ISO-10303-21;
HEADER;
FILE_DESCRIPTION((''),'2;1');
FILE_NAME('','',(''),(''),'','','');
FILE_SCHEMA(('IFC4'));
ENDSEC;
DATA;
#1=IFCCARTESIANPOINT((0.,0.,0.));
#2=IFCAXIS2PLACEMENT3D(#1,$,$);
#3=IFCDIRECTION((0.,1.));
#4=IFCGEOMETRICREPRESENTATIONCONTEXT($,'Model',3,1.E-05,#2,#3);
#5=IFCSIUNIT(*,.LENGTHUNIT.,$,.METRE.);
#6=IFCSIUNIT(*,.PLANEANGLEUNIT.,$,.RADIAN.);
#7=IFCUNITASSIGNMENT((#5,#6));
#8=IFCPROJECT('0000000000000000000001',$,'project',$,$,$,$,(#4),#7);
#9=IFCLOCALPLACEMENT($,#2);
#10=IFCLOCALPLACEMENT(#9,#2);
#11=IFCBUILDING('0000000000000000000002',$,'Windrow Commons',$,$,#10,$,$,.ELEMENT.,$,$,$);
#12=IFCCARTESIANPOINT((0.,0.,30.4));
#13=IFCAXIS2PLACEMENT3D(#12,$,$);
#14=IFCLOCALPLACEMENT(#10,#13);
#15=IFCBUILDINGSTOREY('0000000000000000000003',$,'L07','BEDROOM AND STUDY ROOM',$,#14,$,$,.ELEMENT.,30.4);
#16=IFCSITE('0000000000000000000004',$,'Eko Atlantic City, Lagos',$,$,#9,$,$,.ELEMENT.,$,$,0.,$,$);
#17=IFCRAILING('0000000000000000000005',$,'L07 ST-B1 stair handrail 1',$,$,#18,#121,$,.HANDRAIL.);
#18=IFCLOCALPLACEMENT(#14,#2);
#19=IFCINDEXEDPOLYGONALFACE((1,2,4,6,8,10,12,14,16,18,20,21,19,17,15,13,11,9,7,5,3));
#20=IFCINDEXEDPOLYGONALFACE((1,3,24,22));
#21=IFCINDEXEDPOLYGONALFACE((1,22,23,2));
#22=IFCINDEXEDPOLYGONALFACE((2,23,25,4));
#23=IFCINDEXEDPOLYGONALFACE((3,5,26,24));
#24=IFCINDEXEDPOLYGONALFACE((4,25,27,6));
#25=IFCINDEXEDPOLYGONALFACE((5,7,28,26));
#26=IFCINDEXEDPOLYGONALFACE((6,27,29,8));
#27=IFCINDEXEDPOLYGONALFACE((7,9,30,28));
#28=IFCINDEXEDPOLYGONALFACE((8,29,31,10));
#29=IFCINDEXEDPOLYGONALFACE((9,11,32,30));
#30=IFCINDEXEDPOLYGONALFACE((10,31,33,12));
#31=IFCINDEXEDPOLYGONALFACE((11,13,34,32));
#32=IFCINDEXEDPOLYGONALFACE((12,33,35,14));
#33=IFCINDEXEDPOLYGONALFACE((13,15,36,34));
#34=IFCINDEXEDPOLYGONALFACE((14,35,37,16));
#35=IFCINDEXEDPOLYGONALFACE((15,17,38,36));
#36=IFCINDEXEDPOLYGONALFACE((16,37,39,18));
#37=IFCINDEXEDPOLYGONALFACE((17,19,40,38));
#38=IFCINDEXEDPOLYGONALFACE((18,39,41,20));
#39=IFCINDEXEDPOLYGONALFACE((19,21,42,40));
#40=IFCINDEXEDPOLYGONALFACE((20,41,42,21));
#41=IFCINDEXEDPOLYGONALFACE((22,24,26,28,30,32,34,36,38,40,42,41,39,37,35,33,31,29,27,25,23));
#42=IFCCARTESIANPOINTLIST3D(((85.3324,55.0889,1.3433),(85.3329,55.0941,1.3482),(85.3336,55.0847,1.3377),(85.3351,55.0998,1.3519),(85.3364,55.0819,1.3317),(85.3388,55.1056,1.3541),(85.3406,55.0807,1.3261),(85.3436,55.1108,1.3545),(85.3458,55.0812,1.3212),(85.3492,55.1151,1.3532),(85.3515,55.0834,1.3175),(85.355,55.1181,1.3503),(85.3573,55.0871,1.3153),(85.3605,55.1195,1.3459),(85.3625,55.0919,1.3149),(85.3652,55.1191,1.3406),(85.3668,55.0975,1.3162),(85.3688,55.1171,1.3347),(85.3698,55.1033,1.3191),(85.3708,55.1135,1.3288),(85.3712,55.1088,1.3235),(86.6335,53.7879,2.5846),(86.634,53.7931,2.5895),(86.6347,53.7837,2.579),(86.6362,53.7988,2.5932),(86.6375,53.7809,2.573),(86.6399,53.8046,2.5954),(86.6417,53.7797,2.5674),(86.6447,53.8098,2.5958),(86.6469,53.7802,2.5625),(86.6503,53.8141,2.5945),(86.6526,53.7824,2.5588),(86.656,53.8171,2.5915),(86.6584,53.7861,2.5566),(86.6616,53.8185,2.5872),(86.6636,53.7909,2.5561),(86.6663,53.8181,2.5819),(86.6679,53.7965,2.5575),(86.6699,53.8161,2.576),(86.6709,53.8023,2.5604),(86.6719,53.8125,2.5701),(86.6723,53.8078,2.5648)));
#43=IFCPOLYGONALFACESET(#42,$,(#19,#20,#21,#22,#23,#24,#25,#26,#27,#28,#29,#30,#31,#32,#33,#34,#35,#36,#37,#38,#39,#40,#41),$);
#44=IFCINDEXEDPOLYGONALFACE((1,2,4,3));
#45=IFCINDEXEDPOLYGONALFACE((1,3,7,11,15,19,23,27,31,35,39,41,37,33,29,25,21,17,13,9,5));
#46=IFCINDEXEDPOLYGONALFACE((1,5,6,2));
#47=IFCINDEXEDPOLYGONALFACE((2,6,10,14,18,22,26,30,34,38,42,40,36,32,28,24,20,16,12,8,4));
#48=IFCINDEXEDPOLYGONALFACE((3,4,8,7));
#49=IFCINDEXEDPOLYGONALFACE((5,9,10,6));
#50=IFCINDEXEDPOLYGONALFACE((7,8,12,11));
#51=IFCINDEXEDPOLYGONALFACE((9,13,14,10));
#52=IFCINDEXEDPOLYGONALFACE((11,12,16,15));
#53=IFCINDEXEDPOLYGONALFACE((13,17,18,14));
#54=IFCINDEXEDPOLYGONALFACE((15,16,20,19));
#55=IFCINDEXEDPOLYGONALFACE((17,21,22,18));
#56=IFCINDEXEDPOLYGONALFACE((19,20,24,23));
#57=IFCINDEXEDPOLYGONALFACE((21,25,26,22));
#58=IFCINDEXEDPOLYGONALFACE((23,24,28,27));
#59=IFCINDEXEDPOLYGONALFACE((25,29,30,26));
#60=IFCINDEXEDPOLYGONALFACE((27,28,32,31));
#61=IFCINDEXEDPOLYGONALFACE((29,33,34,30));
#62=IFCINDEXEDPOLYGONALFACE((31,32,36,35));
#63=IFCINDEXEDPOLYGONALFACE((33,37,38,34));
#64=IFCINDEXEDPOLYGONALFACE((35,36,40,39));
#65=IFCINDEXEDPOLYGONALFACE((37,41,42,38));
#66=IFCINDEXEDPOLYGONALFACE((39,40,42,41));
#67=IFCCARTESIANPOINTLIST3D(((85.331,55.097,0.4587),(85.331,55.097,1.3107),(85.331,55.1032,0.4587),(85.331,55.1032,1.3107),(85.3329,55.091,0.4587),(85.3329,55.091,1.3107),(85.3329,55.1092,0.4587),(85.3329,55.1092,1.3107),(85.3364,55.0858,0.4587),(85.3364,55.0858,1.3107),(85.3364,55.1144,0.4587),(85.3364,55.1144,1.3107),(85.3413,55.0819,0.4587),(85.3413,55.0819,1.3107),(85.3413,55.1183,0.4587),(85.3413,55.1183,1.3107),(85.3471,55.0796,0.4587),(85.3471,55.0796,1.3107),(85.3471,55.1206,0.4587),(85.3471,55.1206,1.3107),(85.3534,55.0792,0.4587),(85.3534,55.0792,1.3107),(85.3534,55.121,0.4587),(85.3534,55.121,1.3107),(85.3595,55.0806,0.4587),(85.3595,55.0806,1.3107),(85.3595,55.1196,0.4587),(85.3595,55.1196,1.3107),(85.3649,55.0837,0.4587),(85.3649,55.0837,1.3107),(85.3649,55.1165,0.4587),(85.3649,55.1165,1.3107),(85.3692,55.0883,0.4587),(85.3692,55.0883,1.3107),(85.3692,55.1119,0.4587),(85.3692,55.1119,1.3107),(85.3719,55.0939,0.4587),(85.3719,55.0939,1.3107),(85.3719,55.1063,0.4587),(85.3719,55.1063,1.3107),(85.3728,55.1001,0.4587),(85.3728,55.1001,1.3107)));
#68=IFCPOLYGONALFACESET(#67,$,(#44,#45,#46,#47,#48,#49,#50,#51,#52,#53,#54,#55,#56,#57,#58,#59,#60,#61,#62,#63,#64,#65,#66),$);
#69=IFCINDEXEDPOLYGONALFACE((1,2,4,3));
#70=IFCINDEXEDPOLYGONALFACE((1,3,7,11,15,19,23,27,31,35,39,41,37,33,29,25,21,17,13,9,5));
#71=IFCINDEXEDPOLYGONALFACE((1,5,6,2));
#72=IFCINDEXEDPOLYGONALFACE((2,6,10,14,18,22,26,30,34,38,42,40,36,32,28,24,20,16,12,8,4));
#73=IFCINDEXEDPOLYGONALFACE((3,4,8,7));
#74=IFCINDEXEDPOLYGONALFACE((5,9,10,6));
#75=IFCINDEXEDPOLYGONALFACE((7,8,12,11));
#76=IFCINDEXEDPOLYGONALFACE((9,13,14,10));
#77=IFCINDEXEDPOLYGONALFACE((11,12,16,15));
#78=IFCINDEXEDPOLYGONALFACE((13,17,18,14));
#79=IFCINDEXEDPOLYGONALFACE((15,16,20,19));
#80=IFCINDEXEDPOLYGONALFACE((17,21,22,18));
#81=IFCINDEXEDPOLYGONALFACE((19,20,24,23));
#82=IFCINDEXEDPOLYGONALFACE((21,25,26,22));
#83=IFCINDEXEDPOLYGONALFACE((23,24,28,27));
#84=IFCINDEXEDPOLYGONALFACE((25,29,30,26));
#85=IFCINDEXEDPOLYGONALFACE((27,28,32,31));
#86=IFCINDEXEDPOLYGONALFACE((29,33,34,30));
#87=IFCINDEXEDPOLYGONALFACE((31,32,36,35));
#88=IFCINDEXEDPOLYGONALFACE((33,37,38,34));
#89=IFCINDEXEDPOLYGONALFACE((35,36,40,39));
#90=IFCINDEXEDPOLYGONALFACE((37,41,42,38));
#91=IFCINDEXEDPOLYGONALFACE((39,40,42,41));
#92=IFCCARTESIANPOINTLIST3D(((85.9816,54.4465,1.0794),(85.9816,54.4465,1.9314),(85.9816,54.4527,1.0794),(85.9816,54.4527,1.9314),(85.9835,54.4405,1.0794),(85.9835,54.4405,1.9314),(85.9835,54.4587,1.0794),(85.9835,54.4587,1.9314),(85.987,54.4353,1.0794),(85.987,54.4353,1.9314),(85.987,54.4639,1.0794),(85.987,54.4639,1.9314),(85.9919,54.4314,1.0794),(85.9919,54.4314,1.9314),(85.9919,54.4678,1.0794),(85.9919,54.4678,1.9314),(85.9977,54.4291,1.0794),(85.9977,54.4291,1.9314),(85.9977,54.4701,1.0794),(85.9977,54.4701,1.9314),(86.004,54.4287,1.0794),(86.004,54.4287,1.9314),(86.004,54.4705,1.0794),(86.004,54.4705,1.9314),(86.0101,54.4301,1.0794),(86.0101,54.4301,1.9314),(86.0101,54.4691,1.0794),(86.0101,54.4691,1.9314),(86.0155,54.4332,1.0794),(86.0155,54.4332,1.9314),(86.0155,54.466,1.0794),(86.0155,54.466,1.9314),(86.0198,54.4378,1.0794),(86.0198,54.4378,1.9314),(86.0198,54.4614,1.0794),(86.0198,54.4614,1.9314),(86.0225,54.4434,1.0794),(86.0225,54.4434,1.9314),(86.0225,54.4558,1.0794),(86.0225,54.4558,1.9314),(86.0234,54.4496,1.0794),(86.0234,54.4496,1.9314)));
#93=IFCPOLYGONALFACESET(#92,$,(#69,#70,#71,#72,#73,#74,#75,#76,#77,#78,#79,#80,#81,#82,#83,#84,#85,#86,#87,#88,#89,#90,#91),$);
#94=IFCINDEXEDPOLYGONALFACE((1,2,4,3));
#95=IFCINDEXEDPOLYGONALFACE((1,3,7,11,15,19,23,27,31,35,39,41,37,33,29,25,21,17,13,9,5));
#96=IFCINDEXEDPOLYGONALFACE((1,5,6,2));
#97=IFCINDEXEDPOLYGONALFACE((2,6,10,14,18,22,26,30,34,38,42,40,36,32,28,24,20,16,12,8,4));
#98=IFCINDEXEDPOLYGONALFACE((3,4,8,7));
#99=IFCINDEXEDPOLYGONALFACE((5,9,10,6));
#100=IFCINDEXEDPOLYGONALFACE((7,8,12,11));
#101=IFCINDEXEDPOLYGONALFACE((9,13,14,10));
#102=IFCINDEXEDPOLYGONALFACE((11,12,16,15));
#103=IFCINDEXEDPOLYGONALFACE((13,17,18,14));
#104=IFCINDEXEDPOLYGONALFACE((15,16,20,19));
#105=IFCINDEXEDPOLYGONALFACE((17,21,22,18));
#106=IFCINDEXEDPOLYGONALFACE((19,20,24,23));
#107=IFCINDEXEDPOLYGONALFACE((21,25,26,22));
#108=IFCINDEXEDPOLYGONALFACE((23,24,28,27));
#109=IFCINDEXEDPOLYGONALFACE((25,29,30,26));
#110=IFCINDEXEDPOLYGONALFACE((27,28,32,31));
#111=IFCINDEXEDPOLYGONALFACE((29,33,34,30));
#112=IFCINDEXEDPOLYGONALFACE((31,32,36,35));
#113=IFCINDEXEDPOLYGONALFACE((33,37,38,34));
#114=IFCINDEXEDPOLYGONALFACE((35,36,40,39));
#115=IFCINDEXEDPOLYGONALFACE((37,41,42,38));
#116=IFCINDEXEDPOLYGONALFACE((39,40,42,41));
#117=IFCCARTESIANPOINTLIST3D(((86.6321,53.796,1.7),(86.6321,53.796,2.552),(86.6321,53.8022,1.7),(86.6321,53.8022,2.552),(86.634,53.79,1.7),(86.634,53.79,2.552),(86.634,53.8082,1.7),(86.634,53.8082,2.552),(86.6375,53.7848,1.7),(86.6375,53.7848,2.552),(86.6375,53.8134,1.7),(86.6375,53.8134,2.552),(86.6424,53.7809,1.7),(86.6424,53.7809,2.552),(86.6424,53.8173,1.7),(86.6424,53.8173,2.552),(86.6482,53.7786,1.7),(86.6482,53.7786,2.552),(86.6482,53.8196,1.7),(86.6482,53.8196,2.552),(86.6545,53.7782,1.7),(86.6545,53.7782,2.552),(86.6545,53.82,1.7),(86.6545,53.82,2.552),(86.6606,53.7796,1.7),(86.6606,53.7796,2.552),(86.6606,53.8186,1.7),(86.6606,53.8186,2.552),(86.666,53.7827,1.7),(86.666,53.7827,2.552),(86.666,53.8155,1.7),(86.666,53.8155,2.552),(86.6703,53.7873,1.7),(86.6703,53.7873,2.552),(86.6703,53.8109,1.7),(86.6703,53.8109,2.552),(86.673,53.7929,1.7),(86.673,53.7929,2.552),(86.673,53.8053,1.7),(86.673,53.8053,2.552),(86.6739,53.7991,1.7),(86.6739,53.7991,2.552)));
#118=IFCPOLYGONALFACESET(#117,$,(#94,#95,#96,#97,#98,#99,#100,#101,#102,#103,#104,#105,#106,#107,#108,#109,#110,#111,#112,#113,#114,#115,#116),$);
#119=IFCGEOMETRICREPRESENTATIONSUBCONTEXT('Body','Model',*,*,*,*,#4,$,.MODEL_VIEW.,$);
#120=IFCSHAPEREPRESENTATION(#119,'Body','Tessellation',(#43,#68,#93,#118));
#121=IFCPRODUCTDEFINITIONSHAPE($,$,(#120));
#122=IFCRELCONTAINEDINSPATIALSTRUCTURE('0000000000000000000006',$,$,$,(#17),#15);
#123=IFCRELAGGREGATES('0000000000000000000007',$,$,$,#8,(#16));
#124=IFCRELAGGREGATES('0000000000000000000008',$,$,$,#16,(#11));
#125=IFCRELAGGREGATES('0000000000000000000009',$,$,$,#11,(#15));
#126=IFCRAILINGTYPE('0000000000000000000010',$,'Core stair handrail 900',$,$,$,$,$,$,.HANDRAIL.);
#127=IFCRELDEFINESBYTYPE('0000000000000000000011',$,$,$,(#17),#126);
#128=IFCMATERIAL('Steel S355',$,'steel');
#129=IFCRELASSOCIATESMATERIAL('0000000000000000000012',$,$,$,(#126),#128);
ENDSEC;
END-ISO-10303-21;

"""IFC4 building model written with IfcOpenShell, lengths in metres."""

from ifc_helpers import new_model, si_unit, direction, frame, origin, origin_2d, place, context, subcontext, project, spatial, circle, extrude, material, type_object, element, save


model = new_model("IFC4")

# Units and contexts
model_context = context("Model", 3, precision=1e-05, world=origin(), true_north=direction((0.0, 1.0)))
body_context = subcontext(model_context, "Body", "Model", "MODEL_VIEW")
ifc_project = project(units=[si_unit("LENGTHUNIT", "METRE"), si_unit("PLANEANGLEUNIT", "RADIAN")], contexts=[model_context])

# Site, building, storey
site_placement = place(None, origin())
site = spatial("IfcSite", under=ifc_project, at=site_placement, Name="Eko Atlantic City, Lagos", CompositionType="ELEMENT", RefElevation=0.0)
building_placement = place(site_placement, origin())
building = spatial("IfcBuilding", under=site, at=building_placement, Name="Windrow Commons", CompositionType="ELEMENT")
storey_placement = place(building_placement, frame((0.0, 0.0, 30.4)))
storey = spatial("IfcBuildingStorey", under=building, at=storey_placement, Name="L07", Description="BEDROOM AND STUDY ROOM", CompositionType="ELEMENT", Elevation=30.4)

# Railing
ifc_material_1 = material(Name="Steel S355", Category="steel")
railing_type_1 = type_object("IfcRailingType", Name="Core stair handrail 900", PredefinedType="HANDRAIL", material=ifc_material_1)
railing_1_placement = place(storey_placement, frame((85.3518, 55.1001, 0.4587)))
element("IfcRailing", 1, at=railing_1_placement, inside=storey, type_object=railing_type_1, Name="L07 ST-B1 stair handrail 1", PredefinedType="HANDRAIL", context=body_context, shape_type="SweptSolid", body=[
    extrude(circle(Radius=0.024, at=origin_2d()), frame((0.0, 0.0, 0.876), z_axis=(0.586207, -0.586162, 0.559264), x_axis=(0.70708, 0.707134, 0.0)), (0.0, 0.0, 1.0), 2.2195),
    extrude(circle(Radius=0.021, at=origin_2d()), origin(), (0.0, 0.0, 1.0), 0.852),
    extrude(circle(Radius=0.021, at=origin_2d()), frame((0.6506, -0.6505, 0.6207)), (0.0, 0.0, 1.0), 0.852),
    extrude(circle(Radius=0.021, at=origin_2d()), frame((1.3011, -1.301, 1.2413)), (0.0, 0.0, 1.0), 0.852),
])

save(model, "model.ifc")
